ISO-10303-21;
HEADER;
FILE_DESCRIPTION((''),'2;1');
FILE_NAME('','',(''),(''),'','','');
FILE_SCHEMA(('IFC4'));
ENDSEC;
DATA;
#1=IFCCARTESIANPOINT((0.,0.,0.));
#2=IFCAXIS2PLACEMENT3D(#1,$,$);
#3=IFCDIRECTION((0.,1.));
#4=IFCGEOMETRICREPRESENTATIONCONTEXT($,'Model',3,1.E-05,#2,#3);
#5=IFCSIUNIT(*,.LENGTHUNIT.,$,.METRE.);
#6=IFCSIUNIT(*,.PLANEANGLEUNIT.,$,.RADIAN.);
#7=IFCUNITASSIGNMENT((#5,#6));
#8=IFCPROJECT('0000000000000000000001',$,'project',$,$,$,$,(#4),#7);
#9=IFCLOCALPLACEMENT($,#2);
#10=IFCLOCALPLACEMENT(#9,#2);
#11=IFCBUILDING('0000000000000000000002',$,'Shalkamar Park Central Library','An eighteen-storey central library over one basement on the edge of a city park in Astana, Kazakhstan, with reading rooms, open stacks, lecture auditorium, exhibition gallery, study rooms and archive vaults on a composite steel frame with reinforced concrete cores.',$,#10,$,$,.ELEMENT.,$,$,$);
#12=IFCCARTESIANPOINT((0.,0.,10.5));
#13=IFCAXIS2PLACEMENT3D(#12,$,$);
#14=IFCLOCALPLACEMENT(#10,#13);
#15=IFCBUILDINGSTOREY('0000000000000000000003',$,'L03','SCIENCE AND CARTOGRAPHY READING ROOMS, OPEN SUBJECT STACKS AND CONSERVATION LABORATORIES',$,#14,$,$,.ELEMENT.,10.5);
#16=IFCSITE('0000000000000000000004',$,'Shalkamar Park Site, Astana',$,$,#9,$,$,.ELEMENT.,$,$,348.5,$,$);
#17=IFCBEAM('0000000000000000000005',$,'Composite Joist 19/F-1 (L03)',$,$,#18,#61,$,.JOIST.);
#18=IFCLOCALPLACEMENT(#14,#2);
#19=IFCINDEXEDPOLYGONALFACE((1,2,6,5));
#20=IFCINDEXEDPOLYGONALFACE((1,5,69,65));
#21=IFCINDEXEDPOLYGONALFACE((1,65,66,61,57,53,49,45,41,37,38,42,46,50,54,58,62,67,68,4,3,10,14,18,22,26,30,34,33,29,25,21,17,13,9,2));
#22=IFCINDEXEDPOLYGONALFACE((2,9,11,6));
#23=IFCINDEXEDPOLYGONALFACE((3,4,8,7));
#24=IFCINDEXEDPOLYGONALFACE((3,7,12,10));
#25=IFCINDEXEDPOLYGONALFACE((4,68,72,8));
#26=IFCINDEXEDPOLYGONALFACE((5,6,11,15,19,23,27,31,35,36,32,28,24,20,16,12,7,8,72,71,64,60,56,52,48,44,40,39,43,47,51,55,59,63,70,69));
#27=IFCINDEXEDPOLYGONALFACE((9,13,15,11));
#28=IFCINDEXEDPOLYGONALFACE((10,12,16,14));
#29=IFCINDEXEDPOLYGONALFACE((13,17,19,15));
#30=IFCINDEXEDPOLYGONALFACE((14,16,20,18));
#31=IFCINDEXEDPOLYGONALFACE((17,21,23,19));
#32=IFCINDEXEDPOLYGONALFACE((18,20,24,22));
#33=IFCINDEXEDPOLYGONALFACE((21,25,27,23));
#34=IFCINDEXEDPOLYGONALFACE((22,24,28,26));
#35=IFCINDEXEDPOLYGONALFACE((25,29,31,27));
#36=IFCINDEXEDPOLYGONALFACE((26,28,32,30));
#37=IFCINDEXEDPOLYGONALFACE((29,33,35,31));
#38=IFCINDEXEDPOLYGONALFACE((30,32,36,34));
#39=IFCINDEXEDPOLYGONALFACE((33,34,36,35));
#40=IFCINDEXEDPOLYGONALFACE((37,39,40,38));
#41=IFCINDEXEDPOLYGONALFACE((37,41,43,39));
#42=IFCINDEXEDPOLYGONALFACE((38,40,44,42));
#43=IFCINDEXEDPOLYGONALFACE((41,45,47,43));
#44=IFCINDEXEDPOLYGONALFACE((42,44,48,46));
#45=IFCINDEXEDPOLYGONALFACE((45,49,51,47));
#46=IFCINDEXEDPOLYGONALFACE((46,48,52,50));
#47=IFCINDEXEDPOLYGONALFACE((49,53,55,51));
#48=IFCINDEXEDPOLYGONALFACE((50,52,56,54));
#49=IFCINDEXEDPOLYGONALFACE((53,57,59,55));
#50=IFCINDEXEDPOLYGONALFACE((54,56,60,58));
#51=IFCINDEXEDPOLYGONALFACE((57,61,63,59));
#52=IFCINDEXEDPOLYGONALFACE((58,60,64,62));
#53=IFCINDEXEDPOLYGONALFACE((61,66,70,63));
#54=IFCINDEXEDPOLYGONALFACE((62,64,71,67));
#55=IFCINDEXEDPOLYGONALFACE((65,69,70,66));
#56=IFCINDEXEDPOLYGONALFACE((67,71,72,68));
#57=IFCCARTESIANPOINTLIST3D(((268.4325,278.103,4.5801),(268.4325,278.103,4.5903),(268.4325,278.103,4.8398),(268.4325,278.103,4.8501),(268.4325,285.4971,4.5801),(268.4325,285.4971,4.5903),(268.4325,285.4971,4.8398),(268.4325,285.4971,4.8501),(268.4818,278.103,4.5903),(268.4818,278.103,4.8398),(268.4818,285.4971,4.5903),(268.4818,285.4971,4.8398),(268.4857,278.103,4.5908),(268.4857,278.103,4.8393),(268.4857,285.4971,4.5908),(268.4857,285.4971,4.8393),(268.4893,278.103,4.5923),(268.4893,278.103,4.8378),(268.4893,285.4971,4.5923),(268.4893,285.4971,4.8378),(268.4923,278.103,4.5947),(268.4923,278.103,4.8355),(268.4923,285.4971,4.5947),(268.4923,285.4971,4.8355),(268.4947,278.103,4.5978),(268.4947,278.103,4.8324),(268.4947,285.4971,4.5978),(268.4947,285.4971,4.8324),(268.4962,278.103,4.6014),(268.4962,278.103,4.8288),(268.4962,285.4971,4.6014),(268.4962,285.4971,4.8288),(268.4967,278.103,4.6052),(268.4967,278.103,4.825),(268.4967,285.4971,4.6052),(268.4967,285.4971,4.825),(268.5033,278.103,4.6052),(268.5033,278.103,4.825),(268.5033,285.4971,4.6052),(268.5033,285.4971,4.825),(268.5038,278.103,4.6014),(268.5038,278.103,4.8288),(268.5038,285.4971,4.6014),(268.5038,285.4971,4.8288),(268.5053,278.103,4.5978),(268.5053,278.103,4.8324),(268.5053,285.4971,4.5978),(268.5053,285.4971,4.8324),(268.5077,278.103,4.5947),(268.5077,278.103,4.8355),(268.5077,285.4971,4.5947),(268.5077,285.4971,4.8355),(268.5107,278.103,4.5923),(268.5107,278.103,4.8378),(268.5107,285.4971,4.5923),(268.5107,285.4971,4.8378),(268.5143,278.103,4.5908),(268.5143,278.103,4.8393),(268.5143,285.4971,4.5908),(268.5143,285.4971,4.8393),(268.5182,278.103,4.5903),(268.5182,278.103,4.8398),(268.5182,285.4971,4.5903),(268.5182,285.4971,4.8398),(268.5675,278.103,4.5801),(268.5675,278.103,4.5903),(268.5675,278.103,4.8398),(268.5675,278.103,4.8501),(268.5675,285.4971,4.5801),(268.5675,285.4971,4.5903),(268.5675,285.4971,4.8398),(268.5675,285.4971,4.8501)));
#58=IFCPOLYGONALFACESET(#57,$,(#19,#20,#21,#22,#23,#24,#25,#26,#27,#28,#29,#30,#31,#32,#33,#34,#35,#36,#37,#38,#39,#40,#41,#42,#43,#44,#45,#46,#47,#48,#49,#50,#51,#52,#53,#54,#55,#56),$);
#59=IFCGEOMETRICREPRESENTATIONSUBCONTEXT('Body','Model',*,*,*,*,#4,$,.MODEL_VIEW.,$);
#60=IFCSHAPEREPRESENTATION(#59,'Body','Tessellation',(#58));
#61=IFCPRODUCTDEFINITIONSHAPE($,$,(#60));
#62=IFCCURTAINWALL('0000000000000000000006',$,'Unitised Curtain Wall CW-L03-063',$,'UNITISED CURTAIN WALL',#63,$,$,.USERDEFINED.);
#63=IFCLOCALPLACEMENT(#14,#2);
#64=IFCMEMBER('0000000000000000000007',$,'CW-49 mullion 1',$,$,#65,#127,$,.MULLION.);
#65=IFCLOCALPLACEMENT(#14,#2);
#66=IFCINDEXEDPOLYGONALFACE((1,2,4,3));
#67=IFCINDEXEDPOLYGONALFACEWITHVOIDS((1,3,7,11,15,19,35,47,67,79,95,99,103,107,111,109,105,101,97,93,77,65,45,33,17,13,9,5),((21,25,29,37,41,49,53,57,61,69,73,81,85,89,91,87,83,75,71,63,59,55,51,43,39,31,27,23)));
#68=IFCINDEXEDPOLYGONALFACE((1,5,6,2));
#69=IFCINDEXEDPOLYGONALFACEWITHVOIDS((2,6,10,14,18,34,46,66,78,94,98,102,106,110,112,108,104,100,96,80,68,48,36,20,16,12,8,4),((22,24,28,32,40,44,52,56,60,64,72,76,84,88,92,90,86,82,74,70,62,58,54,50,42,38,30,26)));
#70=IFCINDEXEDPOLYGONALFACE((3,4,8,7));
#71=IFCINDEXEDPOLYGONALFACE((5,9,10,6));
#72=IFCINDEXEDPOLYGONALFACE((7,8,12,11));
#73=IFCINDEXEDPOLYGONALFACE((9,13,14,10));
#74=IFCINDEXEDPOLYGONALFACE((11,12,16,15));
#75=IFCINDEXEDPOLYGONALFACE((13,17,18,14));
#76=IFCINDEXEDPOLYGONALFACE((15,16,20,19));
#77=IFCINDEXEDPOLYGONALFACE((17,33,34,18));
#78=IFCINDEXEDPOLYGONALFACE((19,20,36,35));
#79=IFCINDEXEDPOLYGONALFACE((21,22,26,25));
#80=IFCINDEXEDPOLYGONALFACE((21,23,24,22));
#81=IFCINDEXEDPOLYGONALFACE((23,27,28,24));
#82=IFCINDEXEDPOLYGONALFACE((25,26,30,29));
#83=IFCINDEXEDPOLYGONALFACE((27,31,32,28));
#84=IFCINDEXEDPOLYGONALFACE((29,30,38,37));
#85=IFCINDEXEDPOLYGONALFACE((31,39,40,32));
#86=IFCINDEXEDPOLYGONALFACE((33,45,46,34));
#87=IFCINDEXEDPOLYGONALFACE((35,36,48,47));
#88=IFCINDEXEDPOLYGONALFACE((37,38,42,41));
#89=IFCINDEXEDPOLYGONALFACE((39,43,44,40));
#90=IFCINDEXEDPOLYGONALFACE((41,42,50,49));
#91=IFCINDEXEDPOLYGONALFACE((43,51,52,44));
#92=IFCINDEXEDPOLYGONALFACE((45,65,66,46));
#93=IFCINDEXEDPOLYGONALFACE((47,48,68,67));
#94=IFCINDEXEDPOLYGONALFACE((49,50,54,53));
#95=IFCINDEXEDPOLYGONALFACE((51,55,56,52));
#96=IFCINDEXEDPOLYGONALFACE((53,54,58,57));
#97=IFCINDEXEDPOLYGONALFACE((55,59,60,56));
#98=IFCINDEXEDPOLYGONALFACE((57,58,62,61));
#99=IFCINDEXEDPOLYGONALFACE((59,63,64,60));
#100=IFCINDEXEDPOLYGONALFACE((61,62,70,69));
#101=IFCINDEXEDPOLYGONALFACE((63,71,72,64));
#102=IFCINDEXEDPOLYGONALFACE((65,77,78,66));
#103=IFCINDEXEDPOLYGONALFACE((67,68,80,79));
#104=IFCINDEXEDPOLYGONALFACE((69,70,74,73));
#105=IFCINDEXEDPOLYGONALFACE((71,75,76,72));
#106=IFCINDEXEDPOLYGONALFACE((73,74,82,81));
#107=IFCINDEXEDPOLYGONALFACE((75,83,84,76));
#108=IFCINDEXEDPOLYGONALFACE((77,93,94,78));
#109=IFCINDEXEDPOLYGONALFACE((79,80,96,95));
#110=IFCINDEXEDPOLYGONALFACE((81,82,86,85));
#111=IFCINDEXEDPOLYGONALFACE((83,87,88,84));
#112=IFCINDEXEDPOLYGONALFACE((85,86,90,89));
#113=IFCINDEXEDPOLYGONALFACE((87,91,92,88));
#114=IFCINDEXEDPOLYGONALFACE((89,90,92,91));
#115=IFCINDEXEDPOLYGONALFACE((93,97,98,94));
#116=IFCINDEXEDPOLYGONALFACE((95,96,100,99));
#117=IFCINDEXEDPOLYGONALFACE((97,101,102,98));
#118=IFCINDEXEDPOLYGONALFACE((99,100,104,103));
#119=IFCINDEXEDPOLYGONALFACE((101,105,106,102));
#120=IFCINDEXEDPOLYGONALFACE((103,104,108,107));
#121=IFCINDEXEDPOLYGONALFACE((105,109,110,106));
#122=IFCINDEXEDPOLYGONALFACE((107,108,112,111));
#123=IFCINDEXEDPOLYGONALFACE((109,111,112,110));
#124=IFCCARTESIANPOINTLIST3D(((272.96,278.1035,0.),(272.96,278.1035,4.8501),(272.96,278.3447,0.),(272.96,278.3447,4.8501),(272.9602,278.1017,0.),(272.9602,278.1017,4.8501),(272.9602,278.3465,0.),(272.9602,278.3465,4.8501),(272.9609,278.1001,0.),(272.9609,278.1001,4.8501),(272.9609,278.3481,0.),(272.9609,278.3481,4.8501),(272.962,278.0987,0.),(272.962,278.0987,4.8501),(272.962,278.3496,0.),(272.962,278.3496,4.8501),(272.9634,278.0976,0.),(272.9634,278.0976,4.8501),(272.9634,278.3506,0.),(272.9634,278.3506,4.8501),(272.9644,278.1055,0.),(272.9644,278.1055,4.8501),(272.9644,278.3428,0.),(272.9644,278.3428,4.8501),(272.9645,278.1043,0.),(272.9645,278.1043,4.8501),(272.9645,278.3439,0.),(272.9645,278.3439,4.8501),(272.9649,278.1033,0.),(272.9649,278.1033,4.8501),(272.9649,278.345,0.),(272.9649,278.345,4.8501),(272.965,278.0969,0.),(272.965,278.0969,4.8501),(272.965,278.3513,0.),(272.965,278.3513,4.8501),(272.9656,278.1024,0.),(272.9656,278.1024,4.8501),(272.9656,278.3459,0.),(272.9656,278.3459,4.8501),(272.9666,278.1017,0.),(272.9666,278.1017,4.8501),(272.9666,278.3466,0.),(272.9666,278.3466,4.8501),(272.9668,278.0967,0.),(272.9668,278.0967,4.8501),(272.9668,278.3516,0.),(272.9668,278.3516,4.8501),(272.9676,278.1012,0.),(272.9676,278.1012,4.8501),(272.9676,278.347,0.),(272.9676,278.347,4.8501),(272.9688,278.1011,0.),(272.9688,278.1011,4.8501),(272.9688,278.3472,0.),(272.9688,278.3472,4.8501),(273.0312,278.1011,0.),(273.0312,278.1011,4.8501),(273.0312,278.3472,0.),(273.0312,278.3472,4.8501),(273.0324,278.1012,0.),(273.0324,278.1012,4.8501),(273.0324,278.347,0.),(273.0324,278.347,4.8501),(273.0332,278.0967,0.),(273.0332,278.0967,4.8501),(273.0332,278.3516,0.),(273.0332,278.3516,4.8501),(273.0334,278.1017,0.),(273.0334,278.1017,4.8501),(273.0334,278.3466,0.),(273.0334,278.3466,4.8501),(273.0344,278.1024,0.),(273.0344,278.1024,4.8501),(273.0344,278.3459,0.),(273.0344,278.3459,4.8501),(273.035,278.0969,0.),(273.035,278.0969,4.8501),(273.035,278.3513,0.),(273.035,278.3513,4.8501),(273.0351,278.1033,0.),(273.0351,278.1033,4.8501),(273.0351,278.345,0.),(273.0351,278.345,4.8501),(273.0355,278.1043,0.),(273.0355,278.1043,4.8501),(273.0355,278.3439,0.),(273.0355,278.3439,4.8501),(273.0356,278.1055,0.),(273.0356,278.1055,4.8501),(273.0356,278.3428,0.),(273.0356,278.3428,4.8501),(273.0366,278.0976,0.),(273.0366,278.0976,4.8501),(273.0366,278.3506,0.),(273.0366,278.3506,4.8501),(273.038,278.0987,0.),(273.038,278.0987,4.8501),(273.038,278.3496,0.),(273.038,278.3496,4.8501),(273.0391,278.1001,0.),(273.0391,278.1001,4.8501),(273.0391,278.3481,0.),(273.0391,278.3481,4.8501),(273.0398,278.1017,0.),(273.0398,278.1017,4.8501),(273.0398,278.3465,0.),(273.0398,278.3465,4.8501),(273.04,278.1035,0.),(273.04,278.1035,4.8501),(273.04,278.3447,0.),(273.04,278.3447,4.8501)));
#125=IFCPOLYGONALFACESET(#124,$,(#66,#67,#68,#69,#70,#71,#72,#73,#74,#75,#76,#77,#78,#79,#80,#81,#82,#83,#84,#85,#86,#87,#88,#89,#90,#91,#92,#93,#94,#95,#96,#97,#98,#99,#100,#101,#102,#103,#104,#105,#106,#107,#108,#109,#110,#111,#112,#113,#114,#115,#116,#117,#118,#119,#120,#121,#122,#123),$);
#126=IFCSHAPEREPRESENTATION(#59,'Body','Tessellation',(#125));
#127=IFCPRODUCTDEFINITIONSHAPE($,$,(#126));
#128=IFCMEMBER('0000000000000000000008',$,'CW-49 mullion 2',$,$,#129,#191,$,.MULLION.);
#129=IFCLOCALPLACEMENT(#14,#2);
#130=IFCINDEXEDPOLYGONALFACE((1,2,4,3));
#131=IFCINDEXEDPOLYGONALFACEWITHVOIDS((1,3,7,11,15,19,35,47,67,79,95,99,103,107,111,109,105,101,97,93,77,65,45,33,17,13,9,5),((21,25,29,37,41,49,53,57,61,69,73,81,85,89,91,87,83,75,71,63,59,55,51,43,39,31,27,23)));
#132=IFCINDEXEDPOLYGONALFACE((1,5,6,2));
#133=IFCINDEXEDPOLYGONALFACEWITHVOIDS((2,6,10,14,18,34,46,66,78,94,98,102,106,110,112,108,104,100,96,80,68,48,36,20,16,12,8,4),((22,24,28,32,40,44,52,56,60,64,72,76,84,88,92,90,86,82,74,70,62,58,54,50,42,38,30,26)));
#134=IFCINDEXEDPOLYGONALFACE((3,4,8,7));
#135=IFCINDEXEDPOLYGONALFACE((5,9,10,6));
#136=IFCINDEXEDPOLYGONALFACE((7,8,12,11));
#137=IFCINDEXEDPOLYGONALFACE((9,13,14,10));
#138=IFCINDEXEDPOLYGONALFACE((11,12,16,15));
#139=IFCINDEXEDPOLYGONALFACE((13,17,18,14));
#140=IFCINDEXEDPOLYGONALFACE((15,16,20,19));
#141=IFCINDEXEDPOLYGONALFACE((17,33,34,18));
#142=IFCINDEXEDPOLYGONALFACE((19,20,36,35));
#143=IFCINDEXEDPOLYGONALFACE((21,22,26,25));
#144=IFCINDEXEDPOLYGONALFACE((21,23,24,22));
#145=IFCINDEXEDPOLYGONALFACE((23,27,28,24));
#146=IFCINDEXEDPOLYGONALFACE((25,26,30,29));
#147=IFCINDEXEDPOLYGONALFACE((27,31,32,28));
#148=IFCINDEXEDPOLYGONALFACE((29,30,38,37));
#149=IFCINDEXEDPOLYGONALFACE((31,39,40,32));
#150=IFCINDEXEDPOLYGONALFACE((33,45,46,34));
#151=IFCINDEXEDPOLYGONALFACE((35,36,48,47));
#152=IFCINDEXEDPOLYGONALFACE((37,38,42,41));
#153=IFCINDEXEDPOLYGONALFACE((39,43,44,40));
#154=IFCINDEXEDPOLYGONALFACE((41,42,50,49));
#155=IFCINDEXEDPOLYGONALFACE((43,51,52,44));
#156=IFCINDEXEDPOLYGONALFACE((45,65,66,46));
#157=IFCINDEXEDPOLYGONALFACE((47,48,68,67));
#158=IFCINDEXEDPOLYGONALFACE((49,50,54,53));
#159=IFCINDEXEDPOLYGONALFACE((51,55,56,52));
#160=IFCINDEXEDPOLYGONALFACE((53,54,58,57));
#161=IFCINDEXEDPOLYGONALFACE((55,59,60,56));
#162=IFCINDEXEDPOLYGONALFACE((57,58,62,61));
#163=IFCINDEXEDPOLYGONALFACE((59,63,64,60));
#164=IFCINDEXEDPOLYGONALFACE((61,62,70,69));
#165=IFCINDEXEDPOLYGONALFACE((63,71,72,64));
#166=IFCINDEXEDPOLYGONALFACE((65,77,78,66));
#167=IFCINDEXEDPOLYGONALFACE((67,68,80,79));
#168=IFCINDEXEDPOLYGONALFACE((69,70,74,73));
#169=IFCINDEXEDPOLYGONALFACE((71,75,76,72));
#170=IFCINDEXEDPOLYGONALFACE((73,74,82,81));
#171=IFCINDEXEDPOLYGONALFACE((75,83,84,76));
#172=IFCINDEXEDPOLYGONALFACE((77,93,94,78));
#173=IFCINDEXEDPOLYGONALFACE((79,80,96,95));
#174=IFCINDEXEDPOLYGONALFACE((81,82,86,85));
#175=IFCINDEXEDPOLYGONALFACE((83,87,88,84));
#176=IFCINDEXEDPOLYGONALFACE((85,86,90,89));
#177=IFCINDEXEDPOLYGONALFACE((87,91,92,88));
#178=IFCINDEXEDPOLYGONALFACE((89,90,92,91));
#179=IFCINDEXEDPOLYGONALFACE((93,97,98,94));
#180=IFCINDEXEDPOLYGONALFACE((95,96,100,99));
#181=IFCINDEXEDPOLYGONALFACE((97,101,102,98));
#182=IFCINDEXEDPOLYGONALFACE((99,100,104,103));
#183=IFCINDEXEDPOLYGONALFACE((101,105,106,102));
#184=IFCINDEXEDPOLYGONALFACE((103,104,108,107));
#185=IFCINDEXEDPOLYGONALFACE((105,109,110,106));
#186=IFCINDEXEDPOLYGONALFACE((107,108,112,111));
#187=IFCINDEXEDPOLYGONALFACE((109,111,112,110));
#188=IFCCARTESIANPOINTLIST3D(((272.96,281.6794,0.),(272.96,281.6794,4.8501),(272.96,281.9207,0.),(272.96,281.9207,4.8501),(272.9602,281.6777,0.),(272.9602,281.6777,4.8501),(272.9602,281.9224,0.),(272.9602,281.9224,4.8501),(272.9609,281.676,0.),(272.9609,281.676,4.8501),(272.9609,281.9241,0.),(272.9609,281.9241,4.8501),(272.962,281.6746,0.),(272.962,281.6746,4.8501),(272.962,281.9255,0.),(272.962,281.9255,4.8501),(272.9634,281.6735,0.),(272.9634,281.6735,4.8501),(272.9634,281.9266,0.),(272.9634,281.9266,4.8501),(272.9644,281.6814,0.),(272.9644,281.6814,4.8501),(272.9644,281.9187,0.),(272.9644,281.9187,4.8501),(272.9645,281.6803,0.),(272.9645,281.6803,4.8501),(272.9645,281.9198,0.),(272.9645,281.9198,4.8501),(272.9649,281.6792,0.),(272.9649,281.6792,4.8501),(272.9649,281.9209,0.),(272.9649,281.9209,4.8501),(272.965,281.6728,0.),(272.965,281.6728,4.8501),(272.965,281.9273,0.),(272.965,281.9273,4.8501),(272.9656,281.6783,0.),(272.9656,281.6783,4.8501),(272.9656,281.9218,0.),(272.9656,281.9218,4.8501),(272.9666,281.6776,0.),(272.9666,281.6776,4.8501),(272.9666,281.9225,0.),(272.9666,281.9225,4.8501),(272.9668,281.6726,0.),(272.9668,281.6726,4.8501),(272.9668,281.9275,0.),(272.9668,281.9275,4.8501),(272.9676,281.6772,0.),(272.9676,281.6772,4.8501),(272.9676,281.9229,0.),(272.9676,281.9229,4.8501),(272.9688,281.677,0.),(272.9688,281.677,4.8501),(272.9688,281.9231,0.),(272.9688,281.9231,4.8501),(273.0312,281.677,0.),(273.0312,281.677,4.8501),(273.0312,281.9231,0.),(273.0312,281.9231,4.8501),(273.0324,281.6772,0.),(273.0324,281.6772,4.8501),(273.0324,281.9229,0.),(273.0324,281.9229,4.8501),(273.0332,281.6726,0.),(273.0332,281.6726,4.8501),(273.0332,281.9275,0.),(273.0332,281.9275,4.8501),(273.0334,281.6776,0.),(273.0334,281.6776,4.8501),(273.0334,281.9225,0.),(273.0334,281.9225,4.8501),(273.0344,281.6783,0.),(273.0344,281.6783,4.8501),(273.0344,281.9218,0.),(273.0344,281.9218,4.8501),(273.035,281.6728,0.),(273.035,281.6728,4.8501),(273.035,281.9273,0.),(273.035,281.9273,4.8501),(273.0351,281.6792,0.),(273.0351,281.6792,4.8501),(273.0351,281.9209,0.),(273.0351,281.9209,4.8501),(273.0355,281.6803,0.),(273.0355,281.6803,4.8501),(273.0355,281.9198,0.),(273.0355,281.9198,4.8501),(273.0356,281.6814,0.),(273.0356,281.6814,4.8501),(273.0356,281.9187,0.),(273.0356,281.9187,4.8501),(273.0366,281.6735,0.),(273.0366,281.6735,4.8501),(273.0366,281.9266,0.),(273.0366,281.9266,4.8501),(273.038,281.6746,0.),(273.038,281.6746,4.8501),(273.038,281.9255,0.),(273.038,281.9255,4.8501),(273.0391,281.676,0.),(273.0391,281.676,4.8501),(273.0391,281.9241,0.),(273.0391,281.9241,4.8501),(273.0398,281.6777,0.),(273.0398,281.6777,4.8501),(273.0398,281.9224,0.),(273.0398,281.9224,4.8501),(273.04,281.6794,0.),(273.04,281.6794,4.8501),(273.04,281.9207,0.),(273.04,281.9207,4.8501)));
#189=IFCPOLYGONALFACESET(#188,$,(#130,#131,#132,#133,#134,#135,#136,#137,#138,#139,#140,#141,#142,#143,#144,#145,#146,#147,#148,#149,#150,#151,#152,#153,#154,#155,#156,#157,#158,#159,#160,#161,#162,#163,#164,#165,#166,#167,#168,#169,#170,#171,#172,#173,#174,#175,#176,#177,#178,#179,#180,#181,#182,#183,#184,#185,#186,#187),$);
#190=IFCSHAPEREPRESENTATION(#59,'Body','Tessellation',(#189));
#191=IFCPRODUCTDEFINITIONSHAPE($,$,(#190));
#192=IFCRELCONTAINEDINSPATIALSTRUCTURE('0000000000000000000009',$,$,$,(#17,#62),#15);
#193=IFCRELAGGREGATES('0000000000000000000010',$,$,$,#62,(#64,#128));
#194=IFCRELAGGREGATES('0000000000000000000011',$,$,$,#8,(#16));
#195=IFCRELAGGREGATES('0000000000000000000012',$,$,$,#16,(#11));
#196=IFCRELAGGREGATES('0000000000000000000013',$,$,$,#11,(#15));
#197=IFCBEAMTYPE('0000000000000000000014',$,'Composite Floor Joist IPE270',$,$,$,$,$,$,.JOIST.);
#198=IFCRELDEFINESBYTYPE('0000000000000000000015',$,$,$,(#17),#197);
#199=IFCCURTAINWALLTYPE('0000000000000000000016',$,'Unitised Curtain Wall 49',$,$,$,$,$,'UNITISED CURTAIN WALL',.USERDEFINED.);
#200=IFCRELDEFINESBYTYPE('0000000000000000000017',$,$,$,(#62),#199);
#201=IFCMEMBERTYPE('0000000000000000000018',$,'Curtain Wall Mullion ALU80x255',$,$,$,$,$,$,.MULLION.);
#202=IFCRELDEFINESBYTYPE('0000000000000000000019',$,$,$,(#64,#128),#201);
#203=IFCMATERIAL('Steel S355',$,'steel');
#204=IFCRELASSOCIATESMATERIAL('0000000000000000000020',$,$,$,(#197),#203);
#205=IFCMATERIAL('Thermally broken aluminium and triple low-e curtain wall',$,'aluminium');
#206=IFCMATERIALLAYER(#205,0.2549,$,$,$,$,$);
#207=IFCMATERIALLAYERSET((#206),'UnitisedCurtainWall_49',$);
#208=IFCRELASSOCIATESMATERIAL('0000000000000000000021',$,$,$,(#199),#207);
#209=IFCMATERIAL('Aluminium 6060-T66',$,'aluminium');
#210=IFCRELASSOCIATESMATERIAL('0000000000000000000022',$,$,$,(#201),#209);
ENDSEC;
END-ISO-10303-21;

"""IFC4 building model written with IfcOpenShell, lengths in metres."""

from ifc_helpers import new_model, si_unit, direction, frame, origin, origin_2d, place, context, subcontext, project, spatial, hollow_rectangle, i_section, extrude, material, layer, layer_set, material_profile, profile_set, type_object, element, aggregate, save


model = new_model("IFC4")

# Units and contexts
model_context = context("Model", 3, precision=1e-05, world=origin(), true_north=direction((0.0, 1.0)))
body_context = subcontext(model_context, "Body", "Model", "MODEL_VIEW")
ifc_project = project(units=[si_unit("LENGTHUNIT", "METRE"), si_unit("PLANEANGLEUNIT", "RADIAN")], contexts=[model_context])

# Site, building, storey
site_placement = place(None, origin())
site = spatial("IfcSite", under=ifc_project, at=site_placement, Name="Shalkamar Park Site, Astana", CompositionType="ELEMENT", RefElevation=348.5)
building_placement = place(site_placement, origin())
building = spatial("IfcBuilding", under=site, at=building_placement, Name="Shalkamar Park Central Library", Description="An eighteen-storey central library over one basement on the edge of a city park in Astana, Kazakhstan, with reading rooms, open stacks, lecture auditorium, exhibition gallery, study rooms and archive vaults on a composite steel frame with reinforced concrete cores.", CompositionType="ELEMENT")
storey_placement = place(building_placement, frame((0.0, 0.0, 10.5)))
storey = spatial("IfcBuildingStorey", under=building, at=storey_placement, Name="L03", Description="SCIENCE AND CARTOGRAPHY READING ROOMS, OPEN SUBJECT STACKS AND CONSERVATION LABORATORIES", CompositionType="ELEMENT", Elevation=10.5)

# Shared definitions
ifc_material_1 = material(Name="Steel S355", Category="steel")

# Beam
ifc_material_profile_1 = material_profile(ifc_material_1, i_section(OverallWidth=0.135, OverallDepth=0.27, WebThickness=0.0066, FlangeThickness=0.0103, FilletRadius=0.0149, at=origin_2d()), Name="IPE 270")
ifc_profile_set_1 = profile_set([ifc_material_profile_1], Name="Steel S355")
beam_type_1 = type_object("IfcBeamType", Name="Composite Floor Joist IPE270", PredefinedType="JOIST", material=ifc_profile_set_1)
for number, where, z_axis, x_axis, name in (
    (1, (268.5, 278.103, 4.7151), (0.0, 1.0, 0.0), (-1.0, 0.0, 0.0), "Composite Joist 19/F-1 (L03)"),
):
    element("IfcBeam", number, at=place(storey_placement, frame(where, z_axis=z_axis, x_axis=x_axis)), inside=storey, type_object=beam_type_1, Name=name, PredefinedType="JOIST", context=body_context, shape_type="SweptSolid", body=[
        extrude(i_section(OverallWidth=0.135, OverallDepth=0.27, WebThickness=0.0066, FlangeThickness=0.0103, FilletRadius=0.0149, at=origin_2d()), origin(), (0.0, 0.0, 1.0), 7.394),
    ])

# Curtain wall, members
ifc_material_2 = material(Name="Thermally broken aluminium and triple low-e curtain wall", Category="aluminium")
ifc_layer_1 = layer(ifc_material_2, 0.2549)
ifc_layer_set_1 = layer_set([ifc_layer_1], Name="UnitisedCurtainWall_49")
curtain_wall_type = type_object("IfcCurtainWallType", Name="Unitised Curtain Wall 49", ElementType="UNITISED CURTAIN WALL", PredefinedType="USERDEFINED", material=ifc_layer_set_1)
curtain_wall_placement = place(storey_placement, origin())
curtain_wall = element("IfcCurtainWall", 2, at=curtain_wall_placement, inside=storey, type_object=curtain_wall_type, Name="Unitised Curtain Wall CW-L03-063", ObjectType="UNITISED CURTAIN WALL", PredefinedType="USERDEFINED")
ifc_material_3 = material(Name="Aluminium 6060-T66", Category="aluminium")
ifc_material_profile_2 = material_profile(ifc_material_3, hollow_rectangle(XDim=0.0801, YDim=0.2549, WallThickness=0.0044, InnerFilletRadius=0.0044, OuterFilletRadius=0.0068, at=origin_2d()), Name="ALU 80x255x4.5")
ifc_profile_set_2 = profile_set([ifc_material_profile_2], Name="Aluminium 6060-T66")
member_type_1 = type_object("IfcMemberType", Name="Curtain Wall Mullion ALU80x255", PredefinedType="MULLION", material=ifc_profile_set_2)
member_1_placement = place(storey_placement, frame((273.0, 278.2241, 0.0), z_axis=(0.0, 0.0, 1.0), x_axis=(-1.0, 0.0, 0.0)))
member_1 = element("IfcMember", 3, at=member_1_placement, type_object=member_type_1, Name="CW-49 mullion 1", PredefinedType="MULLION", context=body_context, shape_type="SweptSolid", body=[
    extrude(hollow_rectangle(XDim=0.0801, YDim=0.2549, WallThickness=0.0044, InnerFilletRadius=0.0044, OuterFilletRadius=0.0068, at=origin_2d()), origin(), (0.0, 0.0, 1.0), 4.8501),
])
member_2_placement = place(storey_placement, frame((273.0, 281.8, 0.0), z_axis=(0.0, 0.0, 1.0), x_axis=(-1.0, 0.0, 0.0)))
member_2 = element("IfcMember", 4, at=member_2_placement, type_object=member_type_1, Name="CW-49 mullion 2", PredefinedType="MULLION", context=body_context, shape_type="SweptSolid", body=[
    extrude(hollow_rectangle(XDim=0.0801, YDim=0.2549, WallThickness=0.0044, InnerFilletRadius=0.0044, OuterFilletRadius=0.0068, at=origin_2d()), origin(), (0.0, 0.0, 1.0), 4.8501),
])

aggregate(curtain_wall, [member_1, member_2])

save(model, "model.ifc")
